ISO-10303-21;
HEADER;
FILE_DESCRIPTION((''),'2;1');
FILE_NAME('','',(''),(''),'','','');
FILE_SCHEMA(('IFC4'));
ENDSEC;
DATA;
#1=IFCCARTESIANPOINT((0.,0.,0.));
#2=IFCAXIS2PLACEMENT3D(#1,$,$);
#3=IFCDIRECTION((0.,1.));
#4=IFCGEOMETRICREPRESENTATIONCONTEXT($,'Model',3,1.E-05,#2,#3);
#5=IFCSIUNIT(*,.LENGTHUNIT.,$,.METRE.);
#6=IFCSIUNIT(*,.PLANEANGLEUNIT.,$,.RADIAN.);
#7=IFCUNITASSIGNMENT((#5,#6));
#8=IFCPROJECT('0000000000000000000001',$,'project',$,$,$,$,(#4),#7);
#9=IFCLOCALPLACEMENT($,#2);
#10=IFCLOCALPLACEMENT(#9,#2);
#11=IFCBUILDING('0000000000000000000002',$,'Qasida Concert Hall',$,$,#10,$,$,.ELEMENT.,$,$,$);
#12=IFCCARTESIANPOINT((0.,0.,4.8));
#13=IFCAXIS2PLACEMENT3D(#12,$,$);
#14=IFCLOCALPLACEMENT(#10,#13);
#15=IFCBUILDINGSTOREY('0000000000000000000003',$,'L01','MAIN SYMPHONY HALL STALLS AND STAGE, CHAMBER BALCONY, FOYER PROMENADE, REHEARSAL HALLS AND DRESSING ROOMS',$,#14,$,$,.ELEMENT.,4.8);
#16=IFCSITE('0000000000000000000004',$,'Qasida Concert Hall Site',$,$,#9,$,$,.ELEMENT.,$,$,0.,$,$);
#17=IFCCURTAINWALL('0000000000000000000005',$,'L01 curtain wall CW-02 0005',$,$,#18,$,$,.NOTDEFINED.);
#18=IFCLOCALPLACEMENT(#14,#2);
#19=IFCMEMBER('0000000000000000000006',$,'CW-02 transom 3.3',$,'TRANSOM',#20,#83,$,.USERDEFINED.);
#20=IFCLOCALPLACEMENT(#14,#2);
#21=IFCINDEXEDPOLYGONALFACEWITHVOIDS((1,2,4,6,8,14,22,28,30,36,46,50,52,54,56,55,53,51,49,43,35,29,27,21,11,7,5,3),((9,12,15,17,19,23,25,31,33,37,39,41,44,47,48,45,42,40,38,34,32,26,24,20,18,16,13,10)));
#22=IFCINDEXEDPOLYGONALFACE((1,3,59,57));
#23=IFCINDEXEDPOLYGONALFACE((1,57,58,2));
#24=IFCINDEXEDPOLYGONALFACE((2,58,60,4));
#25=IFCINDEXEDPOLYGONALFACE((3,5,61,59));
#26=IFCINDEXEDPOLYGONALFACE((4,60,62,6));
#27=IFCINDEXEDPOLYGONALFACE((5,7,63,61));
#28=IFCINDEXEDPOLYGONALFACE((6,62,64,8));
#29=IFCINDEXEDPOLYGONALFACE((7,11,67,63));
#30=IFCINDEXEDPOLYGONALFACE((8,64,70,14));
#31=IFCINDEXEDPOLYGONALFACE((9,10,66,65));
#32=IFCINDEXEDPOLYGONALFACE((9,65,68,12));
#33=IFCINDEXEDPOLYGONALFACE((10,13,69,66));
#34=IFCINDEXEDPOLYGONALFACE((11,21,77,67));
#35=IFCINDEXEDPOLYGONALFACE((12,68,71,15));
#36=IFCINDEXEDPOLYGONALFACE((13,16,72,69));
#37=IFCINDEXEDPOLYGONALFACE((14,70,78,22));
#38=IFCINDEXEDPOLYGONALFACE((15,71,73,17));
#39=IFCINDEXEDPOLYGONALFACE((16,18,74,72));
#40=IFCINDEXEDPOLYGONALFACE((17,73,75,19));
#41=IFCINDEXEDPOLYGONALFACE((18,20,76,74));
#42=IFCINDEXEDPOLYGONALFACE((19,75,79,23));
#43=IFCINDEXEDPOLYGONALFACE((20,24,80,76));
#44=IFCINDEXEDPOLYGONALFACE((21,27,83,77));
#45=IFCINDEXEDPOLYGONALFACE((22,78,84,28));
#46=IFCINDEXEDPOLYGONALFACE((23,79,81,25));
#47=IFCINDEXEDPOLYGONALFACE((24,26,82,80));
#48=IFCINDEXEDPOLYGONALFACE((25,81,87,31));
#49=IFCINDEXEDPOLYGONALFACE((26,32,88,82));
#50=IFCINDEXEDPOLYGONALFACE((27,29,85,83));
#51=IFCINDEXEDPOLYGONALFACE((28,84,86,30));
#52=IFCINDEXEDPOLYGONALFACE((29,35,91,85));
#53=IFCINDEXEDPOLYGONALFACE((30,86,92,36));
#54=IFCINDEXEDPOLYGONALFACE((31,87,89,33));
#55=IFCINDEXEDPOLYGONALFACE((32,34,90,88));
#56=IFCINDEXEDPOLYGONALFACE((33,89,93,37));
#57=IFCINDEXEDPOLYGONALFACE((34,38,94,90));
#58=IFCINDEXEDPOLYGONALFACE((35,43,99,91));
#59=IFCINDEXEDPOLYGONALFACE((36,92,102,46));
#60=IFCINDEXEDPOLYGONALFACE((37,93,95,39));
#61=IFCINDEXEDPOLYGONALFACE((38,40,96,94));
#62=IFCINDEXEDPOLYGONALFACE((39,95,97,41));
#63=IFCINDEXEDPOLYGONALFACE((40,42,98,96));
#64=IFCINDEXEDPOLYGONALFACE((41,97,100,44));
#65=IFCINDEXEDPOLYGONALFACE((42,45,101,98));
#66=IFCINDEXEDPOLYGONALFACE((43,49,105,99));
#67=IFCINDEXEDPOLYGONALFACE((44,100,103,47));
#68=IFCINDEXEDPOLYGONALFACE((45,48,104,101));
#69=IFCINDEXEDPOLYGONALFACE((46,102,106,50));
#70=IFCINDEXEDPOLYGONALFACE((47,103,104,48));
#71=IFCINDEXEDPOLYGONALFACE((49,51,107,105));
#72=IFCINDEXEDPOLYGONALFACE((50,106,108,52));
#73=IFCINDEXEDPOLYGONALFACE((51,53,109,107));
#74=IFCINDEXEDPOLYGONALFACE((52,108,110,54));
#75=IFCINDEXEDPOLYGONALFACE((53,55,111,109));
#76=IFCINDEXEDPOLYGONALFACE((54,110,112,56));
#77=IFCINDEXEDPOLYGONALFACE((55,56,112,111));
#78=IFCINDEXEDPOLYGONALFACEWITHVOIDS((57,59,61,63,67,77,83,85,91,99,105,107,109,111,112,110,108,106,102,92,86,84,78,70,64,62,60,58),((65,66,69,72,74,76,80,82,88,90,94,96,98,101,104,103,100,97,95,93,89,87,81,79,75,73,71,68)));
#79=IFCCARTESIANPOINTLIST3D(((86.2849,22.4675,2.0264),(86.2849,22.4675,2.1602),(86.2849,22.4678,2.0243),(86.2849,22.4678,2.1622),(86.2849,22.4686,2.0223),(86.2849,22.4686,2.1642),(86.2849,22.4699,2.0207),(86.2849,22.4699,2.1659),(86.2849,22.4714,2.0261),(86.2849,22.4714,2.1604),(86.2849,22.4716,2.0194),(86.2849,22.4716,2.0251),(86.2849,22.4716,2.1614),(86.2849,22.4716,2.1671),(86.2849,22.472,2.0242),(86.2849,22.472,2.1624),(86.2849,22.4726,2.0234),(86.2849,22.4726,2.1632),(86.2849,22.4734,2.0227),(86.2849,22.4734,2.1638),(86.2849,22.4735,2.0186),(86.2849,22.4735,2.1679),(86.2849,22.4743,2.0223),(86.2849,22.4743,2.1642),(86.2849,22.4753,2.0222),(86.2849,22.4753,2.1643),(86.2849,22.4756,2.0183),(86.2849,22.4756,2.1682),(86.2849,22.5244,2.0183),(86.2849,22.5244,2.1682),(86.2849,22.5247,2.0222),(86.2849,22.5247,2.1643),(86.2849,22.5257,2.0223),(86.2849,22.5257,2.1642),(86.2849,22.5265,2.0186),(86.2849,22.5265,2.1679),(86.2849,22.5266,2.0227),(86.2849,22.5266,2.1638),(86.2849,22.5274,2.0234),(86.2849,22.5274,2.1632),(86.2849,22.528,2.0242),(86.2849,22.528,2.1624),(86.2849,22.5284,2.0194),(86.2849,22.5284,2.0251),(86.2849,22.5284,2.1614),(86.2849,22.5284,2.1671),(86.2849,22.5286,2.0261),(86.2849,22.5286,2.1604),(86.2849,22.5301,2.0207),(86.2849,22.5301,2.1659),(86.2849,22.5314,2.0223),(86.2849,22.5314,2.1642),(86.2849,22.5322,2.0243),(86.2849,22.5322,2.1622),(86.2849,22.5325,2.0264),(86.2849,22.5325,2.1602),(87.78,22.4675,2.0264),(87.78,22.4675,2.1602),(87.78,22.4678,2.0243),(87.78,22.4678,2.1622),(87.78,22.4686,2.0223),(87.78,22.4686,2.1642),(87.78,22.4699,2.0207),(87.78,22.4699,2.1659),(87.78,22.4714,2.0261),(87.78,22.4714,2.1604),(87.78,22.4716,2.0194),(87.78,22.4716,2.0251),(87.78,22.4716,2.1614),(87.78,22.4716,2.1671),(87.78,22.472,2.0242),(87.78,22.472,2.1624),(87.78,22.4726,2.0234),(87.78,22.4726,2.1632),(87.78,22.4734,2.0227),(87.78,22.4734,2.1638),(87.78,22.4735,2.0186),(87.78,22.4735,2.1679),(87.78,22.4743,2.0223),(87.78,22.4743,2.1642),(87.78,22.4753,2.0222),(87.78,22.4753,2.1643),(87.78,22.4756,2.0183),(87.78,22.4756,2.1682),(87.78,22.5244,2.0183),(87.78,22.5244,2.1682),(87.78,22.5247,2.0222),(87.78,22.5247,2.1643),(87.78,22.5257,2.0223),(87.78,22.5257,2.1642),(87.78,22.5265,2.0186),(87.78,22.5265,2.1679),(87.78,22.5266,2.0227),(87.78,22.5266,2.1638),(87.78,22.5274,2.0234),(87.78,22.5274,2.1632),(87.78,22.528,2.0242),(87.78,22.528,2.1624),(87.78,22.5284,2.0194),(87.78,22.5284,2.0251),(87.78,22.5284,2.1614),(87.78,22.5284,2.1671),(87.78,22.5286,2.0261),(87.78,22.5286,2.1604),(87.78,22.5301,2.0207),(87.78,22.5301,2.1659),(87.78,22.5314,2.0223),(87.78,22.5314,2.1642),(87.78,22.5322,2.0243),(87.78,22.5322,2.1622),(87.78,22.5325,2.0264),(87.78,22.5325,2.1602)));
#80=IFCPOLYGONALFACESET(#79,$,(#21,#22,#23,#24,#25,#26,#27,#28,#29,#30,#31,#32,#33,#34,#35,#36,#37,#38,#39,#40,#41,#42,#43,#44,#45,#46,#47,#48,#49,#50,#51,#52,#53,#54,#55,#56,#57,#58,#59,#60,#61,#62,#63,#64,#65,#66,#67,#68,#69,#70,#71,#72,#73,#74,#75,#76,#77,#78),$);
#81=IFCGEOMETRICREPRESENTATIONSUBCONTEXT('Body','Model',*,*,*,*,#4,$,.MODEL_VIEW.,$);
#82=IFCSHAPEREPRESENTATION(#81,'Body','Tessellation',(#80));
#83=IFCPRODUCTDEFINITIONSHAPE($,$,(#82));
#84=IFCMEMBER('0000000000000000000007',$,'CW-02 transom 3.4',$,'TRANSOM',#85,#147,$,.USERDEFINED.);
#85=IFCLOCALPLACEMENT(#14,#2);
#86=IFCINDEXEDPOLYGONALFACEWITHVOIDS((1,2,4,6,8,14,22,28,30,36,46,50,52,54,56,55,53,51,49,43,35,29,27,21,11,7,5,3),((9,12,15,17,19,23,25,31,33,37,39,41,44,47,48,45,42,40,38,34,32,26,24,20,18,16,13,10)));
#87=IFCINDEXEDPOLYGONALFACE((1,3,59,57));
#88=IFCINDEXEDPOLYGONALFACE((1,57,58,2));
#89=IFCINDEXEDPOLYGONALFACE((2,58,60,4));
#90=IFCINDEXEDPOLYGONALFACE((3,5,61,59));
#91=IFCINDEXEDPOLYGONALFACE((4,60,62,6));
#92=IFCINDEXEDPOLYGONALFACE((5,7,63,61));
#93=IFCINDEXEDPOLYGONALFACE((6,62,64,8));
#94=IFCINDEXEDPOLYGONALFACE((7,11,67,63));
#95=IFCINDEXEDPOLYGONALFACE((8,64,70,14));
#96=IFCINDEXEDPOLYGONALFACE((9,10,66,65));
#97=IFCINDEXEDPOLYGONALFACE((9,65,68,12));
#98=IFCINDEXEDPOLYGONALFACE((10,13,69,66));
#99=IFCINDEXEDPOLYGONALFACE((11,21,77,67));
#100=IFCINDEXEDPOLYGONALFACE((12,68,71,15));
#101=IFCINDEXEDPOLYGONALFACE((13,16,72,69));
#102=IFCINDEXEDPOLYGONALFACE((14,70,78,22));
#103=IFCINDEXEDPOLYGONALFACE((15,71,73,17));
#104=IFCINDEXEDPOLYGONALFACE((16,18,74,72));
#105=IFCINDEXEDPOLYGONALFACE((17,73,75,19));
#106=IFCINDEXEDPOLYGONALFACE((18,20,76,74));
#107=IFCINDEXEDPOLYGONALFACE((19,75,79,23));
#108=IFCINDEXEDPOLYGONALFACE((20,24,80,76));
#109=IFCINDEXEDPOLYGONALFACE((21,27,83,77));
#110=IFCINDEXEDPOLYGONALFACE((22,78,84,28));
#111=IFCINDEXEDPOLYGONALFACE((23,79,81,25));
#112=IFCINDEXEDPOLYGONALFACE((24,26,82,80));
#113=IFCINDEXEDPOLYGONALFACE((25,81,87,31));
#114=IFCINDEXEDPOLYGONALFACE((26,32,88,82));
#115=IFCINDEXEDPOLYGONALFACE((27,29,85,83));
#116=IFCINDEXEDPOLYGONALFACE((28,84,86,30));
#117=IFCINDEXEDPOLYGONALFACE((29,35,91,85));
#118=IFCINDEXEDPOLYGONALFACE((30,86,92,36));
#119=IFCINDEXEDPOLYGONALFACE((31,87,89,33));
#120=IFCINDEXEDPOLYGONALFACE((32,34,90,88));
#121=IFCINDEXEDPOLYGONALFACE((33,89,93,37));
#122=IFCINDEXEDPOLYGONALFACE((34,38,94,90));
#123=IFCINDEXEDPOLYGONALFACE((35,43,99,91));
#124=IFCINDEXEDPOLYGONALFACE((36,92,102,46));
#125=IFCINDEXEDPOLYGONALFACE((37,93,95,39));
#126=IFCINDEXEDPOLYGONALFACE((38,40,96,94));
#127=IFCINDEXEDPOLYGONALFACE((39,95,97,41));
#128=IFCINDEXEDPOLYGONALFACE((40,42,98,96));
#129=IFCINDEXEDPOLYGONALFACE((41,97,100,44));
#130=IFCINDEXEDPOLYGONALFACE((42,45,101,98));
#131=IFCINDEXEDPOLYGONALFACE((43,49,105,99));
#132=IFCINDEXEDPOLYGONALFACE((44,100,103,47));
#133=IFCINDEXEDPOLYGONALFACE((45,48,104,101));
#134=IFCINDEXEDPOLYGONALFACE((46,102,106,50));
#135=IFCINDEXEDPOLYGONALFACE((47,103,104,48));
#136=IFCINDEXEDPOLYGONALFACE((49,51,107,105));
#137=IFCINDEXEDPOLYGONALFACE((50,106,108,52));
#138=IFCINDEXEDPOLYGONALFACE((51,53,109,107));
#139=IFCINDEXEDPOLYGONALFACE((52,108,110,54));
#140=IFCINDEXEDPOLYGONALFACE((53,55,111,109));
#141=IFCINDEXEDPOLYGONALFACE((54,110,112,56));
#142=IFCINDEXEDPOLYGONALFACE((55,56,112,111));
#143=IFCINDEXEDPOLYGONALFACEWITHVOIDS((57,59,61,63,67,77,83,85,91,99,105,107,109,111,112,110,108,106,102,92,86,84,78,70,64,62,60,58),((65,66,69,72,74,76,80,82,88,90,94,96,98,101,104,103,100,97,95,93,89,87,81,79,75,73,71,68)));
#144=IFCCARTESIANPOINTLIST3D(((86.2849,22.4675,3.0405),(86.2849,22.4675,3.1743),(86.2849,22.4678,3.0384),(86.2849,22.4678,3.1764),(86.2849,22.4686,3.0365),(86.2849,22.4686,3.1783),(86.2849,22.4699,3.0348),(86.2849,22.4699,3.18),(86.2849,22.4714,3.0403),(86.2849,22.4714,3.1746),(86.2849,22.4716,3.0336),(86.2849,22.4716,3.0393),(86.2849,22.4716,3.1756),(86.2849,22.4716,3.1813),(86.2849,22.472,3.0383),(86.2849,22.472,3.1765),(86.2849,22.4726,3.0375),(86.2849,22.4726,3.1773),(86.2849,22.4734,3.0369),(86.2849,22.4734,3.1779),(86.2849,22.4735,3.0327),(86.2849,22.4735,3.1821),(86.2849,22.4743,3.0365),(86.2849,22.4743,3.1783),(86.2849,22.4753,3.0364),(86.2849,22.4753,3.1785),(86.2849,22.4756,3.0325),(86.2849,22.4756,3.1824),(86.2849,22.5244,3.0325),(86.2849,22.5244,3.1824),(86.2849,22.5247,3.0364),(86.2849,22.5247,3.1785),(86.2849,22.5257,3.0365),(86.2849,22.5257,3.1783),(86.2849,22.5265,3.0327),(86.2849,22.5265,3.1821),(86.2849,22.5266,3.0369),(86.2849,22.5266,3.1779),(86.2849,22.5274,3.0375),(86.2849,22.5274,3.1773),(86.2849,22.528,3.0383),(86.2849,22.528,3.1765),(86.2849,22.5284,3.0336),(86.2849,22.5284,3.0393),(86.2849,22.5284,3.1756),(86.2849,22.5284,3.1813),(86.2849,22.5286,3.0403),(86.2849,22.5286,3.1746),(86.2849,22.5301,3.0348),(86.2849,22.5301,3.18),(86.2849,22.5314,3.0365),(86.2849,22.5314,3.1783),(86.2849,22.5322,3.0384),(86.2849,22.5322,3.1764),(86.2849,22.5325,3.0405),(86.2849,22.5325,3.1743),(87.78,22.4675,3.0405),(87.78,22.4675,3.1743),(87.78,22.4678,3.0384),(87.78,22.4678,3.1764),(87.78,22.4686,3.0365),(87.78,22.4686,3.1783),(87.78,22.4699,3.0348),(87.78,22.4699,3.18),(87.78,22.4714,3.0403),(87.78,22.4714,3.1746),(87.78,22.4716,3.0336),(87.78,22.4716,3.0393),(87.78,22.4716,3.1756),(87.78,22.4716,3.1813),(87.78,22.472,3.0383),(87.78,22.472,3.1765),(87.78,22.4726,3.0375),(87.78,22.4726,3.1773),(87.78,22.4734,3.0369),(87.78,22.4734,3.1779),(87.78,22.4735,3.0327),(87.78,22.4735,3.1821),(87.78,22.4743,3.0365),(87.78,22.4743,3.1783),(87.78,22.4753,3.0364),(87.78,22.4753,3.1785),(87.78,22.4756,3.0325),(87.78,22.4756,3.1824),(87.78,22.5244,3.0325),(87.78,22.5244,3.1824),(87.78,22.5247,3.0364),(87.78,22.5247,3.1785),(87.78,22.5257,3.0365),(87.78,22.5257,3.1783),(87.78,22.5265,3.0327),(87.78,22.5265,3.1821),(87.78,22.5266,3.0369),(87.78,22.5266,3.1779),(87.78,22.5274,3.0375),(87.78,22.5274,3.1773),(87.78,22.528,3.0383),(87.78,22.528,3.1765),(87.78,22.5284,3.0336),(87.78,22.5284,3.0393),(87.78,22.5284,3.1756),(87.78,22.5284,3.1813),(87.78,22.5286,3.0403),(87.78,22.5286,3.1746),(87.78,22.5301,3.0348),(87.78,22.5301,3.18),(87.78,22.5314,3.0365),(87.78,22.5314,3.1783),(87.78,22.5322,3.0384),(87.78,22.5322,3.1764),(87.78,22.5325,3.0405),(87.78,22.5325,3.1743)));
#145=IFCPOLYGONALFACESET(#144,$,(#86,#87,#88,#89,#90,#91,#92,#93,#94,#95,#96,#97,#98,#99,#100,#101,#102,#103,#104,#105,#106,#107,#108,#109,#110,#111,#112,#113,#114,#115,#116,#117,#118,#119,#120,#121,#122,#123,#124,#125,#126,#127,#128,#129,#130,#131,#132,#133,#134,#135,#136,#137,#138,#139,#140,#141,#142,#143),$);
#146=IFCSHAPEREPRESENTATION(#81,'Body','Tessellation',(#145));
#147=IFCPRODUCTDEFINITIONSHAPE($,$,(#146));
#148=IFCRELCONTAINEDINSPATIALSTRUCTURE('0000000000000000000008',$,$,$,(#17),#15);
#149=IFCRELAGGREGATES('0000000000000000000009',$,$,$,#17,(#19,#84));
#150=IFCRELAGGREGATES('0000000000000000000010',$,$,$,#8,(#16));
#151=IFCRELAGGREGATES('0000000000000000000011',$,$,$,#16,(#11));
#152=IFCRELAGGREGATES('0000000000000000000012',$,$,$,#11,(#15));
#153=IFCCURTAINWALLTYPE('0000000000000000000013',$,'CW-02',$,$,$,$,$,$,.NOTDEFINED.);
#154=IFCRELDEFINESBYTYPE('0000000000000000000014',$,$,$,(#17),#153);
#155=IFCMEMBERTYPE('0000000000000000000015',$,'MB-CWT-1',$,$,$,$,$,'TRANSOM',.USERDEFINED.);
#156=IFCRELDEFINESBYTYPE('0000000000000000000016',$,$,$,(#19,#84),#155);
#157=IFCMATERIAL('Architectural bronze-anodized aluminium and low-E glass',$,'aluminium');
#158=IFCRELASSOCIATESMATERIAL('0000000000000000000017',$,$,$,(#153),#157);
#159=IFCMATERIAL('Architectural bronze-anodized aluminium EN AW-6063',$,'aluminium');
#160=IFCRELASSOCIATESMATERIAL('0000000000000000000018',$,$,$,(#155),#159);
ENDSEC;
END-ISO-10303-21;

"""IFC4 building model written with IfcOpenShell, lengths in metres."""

from ifc_helpers import new_model, si_unit, direction, frame, origin, origin_2d, place, context, subcontext, project, spatial, hollow_rectangle, extrude, material, material_profile, profile_set, type_object, element, aggregate, save


model = new_model("IFC4")

# Units and contexts
model_context = context("Model", 3, precision=1e-05, world=origin(), true_north=direction((0.0, 1.0)))
body_context = subcontext(model_context, "Body", "Model", "MODEL_VIEW")
ifc_project = project(units=[si_unit("LENGTHUNIT", "METRE"), si_unit("PLANEANGLEUNIT", "RADIAN")], contexts=[model_context])

# Site, building, storey
site_placement = place(None, origin())
site = spatial("IfcSite", under=ifc_project, at=site_placement, Name="Qasida Concert Hall Site", CompositionType="ELEMENT", RefElevation=0.0)
building_placement = place(site_placement, origin())
building = spatial("IfcBuilding", under=site, at=building_placement, Name="Qasida Concert Hall", CompositionType="ELEMENT")
storey_placement = place(building_placement, frame((0.0, 0.0, 4.8)))
storey = spatial("IfcBuildingStorey", under=building, at=storey_placement, Name="L01", Description="MAIN SYMPHONY HALL STALLS AND STAGE, CHAMBER BALCONY, FOYER PROMENADE, REHEARSAL HALLS AND DRESSING ROOMS", CompositionType="ELEMENT", Elevation=4.8)

# Curtain wall, members
ifc_material_1 = material(Name="Architectural bronze-anodized aluminium and low-E glass", Category="aluminium")
curtain_wall_type = type_object("IfcCurtainWallType", Name="CW-02", PredefinedType="NOTDEFINED", material=ifc_material_1)
curtain_wall_placement = place(storey_placement, origin())
curtain_wall = element("IfcCurtainWall", 1, at=curtain_wall_placement, inside=storey, type_object=curtain_wall_type, Name="L01 curtain wall CW-02 0005", PredefinedType="NOTDEFINED")
ifc_material_2 = material(Name="Architectural bronze-anodized aluminium EN AW-6063", Category="aluminium")
ifc_material_profile_1 = material_profile(ifc_material_2, hollow_rectangle(XDim=0.0649, YDim=0.1499, WallThickness=0.0039, InnerFilletRadius=0.0039, OuterFilletRadius=0.0081, at=origin_2d()), Name="CWT 150x65x4")
ifc_profile_set_1 = profile_set([ifc_material_profile_1], Name="Architectural bronze-anodized aluminium EN AW-6063")
member_type_1 = type_object("IfcMemberType", Name="MB-CWT-1", ElementType="TRANSOM", PredefinedType="USERDEFINED", material=ifc_profile_set_1)
member_1_placement = place(storey_placement, frame((86.2849, 22.5, 2.0933), z_axis=(1.0, 0.0, 0.0), x_axis=(0.0, 1.0, 0.0)))
member_1 = element("IfcMember", 2, at=member_1_placement, type_object=member_type_1, Name="CW-02 transom 3.3", ObjectType="TRANSOM", PredefinedType="USERDEFINED", context=body_context, shape_type="SweptSolid", body=[
    extrude(hollow_rectangle(XDim=0.0649, YDim=0.1499, WallThickness=0.0039, InnerFilletRadius=0.0039, OuterFilletRadius=0.0081, at=origin_2d()), origin(), (0.0, 0.0, 1.0), 1.4951),
])
member_2_placement = place(storey_placement, frame((86.2849, 22.5, 3.1074), z_axis=(1.0, 0.0, 0.0), x_axis=(0.0, 1.0, 0.0)))
member_2 = element("IfcMember", 3, at=member_2_placement, type_object=member_type_1, Name="CW-02 transom 3.4", ObjectType="TRANSOM", PredefinedType="USERDEFINED", context=body_context, shape_type="SweptSolid", body=[
    extrude(hollow_rectangle(XDim=0.0649, YDim=0.1499, WallThickness=0.0039, InnerFilletRadius=0.0039, OuterFilletRadius=0.0081, at=origin_2d()), origin(), (0.0, 0.0, 1.0), 1.4951),
])
aggregate(curtain_wall, [member_1, member_2])

save(model, "model.ifc")
